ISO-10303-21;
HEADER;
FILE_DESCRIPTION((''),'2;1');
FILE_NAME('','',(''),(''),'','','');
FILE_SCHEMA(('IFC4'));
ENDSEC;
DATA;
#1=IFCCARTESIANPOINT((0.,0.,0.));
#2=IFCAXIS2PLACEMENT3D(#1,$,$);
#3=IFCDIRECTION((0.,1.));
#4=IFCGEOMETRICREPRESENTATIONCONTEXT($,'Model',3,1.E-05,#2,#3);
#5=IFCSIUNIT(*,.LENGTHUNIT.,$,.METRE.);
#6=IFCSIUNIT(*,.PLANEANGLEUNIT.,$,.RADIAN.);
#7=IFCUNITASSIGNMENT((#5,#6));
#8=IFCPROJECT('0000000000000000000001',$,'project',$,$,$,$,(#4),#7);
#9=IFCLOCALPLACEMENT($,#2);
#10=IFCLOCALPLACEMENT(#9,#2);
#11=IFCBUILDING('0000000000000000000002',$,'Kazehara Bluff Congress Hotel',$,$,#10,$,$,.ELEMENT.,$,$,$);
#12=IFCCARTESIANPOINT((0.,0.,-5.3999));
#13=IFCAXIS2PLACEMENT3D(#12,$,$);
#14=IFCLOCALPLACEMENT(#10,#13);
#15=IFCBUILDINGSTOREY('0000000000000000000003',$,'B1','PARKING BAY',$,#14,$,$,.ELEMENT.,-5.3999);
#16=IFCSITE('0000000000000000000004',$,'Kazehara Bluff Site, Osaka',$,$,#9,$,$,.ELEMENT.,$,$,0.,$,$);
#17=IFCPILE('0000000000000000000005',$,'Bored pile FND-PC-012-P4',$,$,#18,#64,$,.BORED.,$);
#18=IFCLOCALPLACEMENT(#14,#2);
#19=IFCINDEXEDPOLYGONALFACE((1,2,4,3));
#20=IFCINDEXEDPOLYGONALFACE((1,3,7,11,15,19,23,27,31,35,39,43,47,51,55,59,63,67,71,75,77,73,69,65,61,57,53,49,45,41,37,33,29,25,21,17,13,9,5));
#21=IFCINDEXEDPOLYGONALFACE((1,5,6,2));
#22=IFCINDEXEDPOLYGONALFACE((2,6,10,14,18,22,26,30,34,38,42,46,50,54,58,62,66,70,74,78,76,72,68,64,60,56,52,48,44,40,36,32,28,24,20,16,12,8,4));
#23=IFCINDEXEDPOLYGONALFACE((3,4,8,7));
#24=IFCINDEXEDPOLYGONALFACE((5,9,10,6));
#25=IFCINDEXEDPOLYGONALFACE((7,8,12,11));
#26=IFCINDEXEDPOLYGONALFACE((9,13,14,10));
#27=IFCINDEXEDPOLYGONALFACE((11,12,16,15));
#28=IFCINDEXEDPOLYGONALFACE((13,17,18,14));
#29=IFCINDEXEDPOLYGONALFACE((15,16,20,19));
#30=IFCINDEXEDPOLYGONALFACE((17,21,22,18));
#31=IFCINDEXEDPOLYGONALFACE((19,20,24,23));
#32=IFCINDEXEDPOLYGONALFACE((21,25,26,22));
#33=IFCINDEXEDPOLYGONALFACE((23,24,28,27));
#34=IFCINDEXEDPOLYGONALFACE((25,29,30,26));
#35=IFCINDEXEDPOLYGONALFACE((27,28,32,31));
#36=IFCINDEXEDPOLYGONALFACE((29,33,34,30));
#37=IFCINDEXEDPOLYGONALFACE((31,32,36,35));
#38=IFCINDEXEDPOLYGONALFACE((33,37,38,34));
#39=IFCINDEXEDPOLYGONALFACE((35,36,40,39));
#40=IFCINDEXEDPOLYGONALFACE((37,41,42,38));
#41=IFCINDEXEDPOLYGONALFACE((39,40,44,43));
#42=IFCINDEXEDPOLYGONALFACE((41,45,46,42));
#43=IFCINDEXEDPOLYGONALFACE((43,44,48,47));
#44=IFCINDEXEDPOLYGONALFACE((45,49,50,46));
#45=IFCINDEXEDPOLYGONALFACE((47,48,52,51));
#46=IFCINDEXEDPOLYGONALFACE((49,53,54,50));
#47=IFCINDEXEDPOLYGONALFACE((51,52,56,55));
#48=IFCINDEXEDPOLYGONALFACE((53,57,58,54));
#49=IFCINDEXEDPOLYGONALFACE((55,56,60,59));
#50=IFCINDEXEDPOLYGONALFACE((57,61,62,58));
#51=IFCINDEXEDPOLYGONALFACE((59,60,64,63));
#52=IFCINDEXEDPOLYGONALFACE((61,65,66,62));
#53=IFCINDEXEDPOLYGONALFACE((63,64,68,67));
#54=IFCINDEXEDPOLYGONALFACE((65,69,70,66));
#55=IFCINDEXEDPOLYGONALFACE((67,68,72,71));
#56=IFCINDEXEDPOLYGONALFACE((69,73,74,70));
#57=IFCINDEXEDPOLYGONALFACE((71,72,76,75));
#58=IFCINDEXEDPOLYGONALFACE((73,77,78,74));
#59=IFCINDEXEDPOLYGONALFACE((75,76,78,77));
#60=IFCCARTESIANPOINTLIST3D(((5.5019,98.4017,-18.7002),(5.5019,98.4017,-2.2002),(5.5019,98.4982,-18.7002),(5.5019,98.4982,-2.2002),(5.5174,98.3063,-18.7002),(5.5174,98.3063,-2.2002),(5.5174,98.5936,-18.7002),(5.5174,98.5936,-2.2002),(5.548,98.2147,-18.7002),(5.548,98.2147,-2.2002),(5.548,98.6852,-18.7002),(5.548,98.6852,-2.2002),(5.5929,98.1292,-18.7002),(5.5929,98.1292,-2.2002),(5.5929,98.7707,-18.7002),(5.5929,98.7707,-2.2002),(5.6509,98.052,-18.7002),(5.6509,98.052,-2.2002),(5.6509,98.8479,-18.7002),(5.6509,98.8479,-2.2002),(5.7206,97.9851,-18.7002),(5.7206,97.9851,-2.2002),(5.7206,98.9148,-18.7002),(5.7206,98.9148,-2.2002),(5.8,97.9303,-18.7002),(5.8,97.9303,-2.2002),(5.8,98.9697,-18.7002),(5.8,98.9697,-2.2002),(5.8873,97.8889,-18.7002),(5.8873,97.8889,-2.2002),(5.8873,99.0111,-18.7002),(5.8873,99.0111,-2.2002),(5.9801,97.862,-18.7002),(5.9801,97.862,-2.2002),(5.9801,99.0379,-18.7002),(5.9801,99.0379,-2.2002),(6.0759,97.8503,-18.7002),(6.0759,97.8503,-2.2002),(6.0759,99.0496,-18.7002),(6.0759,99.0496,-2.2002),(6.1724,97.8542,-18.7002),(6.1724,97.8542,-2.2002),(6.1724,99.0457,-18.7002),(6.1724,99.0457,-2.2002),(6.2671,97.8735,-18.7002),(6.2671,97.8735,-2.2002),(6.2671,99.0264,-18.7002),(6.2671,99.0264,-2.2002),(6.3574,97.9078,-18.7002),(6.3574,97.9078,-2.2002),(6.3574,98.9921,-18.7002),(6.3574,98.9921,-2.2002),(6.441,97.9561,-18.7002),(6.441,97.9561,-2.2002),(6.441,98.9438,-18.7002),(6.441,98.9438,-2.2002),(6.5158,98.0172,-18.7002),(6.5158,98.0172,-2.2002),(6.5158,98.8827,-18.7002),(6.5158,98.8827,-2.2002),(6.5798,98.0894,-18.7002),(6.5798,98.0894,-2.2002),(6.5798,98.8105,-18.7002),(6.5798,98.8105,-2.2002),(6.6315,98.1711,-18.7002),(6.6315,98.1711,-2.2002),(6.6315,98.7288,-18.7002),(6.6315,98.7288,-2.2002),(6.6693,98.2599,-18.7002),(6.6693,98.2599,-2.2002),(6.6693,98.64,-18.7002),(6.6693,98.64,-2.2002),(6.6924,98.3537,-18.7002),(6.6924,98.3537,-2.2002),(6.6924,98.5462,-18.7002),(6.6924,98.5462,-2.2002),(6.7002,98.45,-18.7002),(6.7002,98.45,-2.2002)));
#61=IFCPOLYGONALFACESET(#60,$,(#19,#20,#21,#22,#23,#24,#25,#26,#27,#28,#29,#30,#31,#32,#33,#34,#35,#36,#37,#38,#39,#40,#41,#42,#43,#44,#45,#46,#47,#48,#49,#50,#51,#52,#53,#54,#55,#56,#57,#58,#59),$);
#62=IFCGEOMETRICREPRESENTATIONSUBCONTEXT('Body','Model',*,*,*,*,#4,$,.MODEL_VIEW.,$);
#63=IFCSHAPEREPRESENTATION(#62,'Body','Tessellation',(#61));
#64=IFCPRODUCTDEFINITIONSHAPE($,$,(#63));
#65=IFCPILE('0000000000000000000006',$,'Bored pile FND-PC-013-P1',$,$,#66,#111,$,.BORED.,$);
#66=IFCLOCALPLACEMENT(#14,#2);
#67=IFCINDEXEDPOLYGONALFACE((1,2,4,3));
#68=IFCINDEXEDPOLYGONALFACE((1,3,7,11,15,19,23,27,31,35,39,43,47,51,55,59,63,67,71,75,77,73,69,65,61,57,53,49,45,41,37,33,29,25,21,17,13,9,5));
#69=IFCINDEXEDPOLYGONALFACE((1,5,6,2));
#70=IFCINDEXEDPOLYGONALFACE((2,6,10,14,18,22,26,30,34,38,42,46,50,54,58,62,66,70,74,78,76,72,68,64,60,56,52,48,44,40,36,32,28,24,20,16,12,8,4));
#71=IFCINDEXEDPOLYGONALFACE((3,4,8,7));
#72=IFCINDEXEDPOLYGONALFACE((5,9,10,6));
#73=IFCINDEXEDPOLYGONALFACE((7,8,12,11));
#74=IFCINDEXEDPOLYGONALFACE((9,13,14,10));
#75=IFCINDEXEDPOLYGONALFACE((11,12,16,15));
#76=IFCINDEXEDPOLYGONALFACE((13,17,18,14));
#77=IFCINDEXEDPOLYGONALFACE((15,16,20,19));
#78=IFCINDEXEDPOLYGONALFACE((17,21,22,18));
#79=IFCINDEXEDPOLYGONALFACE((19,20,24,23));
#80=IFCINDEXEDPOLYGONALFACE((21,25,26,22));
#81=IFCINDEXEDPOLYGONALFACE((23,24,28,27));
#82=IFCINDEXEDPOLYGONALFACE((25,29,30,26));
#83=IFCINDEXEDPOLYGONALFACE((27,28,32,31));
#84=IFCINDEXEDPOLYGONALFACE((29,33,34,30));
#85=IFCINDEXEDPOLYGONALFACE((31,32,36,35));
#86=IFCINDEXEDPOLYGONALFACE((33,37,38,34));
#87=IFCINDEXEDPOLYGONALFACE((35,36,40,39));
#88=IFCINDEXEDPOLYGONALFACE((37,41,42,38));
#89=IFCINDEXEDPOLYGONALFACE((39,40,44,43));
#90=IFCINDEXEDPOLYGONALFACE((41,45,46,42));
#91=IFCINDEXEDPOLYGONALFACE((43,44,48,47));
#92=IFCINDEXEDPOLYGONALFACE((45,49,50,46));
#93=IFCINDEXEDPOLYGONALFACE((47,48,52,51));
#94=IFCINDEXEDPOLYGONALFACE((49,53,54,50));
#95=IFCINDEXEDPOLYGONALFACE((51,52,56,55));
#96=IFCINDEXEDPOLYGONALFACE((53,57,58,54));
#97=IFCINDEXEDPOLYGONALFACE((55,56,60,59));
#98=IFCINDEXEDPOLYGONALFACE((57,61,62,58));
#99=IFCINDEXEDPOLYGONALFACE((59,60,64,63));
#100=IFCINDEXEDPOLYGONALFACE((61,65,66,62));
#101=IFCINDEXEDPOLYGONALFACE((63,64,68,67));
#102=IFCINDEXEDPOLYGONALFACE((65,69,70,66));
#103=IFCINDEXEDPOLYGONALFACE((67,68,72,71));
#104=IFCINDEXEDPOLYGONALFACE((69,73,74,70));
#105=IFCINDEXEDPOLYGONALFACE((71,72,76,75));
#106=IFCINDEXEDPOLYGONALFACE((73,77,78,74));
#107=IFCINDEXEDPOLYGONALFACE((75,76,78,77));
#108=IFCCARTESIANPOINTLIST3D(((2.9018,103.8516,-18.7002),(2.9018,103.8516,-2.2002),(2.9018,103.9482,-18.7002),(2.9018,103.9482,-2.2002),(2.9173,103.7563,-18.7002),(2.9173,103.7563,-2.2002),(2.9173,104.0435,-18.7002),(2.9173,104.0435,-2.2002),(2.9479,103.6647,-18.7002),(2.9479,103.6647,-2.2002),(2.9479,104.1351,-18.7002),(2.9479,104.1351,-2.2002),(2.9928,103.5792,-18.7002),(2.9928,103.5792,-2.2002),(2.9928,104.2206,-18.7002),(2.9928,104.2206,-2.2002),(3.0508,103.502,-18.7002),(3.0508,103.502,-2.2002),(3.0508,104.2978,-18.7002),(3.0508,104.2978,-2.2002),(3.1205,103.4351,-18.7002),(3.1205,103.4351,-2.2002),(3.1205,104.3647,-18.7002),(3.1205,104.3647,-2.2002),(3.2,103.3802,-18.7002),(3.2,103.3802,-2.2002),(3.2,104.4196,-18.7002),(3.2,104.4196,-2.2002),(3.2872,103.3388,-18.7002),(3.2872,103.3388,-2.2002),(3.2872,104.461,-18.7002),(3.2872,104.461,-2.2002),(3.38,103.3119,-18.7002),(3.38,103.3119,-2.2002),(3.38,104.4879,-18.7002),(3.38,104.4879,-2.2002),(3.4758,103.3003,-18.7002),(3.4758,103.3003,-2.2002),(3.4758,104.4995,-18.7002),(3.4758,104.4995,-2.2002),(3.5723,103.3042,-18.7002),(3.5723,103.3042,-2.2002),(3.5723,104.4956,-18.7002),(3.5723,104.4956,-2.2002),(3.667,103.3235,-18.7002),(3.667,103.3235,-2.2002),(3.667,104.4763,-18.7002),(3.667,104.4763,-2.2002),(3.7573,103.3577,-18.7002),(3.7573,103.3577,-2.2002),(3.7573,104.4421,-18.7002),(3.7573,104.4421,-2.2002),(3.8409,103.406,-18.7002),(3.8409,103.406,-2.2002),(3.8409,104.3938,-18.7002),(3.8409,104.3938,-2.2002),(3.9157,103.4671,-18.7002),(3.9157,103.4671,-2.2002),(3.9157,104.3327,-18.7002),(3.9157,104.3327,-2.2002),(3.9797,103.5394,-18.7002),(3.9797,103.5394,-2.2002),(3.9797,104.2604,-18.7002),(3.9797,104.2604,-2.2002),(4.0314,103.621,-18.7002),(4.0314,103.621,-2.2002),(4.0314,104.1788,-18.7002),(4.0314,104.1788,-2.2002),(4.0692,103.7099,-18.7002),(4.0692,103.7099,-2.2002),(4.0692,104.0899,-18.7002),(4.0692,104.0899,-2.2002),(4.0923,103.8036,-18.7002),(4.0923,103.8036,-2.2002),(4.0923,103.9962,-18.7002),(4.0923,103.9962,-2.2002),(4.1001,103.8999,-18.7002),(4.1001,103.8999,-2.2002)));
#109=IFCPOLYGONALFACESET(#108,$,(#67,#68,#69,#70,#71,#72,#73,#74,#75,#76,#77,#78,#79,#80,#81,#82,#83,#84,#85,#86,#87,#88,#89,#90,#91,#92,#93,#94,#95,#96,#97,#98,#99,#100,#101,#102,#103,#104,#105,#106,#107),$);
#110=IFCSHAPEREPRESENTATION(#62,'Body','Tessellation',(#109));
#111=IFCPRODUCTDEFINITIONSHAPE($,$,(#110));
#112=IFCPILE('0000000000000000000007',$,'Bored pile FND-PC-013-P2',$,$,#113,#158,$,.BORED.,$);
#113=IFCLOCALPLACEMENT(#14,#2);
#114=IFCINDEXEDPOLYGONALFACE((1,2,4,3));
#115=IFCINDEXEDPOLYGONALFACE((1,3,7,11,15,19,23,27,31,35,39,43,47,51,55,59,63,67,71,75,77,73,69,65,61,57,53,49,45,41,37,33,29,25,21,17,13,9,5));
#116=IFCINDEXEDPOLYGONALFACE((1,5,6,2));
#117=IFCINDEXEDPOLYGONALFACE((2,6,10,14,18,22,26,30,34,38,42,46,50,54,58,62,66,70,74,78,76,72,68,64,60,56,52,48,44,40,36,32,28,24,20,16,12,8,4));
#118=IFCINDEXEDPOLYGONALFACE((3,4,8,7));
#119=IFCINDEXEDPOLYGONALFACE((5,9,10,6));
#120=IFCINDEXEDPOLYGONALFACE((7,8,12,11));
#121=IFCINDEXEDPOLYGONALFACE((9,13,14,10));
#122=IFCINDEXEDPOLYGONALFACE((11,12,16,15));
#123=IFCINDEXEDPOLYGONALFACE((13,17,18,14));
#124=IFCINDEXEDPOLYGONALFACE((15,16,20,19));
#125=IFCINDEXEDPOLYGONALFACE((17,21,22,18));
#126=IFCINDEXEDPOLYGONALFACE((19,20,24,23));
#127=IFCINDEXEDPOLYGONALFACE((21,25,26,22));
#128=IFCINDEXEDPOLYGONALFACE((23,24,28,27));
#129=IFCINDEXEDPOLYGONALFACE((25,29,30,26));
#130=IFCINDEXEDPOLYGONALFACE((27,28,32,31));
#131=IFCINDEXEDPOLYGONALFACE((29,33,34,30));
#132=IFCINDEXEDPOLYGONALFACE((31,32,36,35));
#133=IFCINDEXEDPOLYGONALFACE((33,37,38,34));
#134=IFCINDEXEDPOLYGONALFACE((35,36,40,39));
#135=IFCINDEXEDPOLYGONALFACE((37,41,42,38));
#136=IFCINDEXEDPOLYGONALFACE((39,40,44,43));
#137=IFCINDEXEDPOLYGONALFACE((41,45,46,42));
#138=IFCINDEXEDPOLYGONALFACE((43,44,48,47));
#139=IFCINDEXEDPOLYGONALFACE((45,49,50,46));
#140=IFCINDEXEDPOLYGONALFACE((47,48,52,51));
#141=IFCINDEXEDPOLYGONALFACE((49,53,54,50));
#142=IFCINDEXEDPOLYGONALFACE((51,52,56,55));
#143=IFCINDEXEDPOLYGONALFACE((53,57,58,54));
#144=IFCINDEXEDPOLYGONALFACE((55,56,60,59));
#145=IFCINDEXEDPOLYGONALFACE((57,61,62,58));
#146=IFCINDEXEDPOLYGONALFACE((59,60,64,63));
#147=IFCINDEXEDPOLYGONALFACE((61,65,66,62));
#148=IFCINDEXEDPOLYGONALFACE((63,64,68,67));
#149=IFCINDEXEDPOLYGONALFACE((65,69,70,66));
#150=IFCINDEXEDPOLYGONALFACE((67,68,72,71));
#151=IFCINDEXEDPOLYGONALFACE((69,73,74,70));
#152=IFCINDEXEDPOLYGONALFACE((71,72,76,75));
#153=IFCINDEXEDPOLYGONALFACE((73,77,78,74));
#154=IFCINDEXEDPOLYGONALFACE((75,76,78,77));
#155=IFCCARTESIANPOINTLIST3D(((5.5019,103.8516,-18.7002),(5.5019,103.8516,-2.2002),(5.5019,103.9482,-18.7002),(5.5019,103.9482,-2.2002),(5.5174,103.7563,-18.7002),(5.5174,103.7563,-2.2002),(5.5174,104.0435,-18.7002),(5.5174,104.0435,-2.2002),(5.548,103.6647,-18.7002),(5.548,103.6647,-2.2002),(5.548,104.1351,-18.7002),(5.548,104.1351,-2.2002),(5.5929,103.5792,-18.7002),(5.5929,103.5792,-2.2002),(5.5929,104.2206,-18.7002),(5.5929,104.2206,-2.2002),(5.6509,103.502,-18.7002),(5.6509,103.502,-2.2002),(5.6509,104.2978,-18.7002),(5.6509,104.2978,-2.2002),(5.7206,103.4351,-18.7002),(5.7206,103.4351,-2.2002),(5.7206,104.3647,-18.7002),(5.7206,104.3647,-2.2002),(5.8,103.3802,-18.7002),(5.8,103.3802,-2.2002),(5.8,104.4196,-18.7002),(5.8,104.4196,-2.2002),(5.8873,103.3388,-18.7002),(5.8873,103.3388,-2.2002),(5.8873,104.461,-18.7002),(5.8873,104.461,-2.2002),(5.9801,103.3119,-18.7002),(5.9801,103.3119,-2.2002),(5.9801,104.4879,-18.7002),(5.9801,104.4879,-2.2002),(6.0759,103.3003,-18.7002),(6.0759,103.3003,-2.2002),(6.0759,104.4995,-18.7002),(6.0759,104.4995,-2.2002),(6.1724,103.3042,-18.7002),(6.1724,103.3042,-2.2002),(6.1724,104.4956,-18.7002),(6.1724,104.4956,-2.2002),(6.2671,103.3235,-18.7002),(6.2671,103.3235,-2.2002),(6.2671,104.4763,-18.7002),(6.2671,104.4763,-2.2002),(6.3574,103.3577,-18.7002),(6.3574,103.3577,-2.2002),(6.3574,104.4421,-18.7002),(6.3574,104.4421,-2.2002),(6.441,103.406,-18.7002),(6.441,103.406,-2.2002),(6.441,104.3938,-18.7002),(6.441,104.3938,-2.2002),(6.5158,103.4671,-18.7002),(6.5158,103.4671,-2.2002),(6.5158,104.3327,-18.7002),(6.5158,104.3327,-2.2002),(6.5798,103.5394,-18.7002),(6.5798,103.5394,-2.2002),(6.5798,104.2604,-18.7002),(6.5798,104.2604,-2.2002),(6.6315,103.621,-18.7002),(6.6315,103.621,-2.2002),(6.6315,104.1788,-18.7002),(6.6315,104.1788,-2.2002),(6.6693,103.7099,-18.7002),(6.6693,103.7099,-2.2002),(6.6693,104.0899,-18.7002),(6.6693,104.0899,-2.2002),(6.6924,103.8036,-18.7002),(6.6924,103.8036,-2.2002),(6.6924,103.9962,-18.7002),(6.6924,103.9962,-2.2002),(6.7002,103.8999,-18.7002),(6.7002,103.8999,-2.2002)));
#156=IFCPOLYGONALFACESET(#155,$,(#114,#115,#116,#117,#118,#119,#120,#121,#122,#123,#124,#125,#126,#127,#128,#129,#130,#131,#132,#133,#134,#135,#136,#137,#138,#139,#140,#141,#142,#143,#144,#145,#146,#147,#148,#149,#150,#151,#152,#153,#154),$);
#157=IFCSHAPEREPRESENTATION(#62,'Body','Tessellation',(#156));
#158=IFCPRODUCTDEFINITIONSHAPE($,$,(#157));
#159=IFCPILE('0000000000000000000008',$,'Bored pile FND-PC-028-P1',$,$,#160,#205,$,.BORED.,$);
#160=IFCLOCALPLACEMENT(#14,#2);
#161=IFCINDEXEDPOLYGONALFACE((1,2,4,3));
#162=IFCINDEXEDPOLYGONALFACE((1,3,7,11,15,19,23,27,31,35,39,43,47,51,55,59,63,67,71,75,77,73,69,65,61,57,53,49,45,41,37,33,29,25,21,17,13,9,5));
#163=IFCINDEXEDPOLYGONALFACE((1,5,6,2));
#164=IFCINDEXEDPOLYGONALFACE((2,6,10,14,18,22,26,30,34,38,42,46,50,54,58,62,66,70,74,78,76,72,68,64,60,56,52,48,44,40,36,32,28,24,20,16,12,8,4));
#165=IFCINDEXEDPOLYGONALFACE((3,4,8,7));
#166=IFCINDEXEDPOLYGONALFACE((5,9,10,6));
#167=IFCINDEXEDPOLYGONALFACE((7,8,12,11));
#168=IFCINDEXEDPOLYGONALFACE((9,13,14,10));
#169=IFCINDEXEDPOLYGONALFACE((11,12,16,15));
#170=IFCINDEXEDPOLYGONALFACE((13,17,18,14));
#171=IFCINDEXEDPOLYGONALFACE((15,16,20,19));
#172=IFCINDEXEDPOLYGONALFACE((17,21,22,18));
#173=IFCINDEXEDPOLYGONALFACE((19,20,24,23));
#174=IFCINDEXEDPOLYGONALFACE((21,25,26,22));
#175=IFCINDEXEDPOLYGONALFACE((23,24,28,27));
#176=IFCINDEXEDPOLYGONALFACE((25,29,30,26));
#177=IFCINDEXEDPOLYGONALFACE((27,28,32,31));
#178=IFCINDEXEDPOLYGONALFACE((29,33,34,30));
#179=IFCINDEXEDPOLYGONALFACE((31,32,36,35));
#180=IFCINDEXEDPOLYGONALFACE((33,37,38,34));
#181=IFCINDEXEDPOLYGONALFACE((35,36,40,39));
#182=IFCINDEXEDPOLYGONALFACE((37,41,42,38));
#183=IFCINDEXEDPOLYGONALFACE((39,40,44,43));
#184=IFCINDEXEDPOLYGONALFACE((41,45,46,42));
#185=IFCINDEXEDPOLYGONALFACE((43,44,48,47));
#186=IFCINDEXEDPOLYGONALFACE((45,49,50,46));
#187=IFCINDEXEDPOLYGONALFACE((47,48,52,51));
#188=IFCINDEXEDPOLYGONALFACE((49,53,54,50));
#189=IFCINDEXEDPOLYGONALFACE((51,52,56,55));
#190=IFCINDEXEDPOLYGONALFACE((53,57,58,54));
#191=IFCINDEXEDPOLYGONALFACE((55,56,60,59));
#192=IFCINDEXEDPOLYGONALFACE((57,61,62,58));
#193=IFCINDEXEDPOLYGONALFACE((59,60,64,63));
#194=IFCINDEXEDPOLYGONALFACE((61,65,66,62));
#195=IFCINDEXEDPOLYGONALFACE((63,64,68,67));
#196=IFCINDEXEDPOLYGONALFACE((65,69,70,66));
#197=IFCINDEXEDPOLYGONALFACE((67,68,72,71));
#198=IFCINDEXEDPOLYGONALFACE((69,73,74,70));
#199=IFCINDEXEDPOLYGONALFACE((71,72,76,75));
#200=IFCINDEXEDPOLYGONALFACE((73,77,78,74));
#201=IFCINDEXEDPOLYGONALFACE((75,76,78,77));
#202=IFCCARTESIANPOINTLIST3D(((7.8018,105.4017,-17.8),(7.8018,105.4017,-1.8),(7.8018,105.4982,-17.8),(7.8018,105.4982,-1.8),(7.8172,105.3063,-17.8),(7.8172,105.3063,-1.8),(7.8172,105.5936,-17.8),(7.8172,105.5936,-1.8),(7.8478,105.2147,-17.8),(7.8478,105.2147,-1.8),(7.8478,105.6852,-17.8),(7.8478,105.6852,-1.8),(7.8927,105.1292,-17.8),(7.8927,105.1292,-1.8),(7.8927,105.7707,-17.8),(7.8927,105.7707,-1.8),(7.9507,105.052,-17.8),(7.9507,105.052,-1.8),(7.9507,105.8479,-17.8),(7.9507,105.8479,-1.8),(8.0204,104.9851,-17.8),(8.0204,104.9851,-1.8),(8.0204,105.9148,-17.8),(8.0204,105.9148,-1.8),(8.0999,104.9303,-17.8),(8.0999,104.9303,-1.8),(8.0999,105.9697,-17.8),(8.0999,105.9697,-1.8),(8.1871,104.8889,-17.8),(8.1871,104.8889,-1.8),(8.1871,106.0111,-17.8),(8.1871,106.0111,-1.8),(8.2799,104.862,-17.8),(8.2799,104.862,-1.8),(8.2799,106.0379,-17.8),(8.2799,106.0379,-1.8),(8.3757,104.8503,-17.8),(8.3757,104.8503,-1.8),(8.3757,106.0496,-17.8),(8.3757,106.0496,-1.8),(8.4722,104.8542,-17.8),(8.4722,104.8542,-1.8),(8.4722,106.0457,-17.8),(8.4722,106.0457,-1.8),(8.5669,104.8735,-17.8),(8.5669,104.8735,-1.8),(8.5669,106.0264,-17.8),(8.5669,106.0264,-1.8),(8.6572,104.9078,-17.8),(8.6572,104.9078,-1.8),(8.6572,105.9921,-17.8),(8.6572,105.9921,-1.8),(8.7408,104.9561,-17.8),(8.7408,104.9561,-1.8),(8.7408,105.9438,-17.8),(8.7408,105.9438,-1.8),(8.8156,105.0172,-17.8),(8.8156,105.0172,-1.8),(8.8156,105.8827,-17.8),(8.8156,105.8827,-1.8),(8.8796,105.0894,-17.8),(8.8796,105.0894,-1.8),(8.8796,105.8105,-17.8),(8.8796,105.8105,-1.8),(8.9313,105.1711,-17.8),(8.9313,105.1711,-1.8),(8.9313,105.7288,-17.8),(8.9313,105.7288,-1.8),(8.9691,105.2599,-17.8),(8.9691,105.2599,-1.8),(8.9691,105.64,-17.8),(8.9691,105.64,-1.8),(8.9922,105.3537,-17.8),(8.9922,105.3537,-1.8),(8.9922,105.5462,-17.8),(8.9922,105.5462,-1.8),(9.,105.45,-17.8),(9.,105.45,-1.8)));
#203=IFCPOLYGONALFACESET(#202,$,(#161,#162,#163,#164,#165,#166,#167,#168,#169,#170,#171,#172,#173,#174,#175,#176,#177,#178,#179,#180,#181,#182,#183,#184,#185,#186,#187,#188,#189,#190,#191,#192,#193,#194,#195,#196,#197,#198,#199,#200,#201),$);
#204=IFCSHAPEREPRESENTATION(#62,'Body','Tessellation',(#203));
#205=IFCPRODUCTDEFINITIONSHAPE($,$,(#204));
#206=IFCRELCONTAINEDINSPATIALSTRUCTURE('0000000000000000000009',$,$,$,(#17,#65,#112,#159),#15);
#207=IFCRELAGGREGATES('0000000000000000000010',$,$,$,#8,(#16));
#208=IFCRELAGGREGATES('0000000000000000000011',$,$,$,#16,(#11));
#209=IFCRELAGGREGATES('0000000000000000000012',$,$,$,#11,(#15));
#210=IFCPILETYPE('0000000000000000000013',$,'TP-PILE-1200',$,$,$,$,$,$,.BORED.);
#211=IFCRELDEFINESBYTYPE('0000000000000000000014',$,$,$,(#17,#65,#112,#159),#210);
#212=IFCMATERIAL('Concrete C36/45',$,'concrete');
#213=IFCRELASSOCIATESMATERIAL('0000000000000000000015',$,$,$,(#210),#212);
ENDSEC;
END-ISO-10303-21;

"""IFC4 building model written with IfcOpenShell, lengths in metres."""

from ifc_helpers import new_model, si_unit, direction, frame, origin, origin_2d, place, context, subcontext, project, spatial, circle, extrude, material, material_profile, profile_set, type_object, element, save


model = new_model("IFC4")

# Units and contexts
model_context = context("Model", 3, precision=1e-05, world=origin(), true_north=direction((0.0, 1.0)))
body_context = subcontext(model_context, "Body", "Model", "MODEL_VIEW")
ifc_project = project(units=[si_unit("LENGTHUNIT", "METRE"), si_unit("PLANEANGLEUNIT", "RADIAN")], contexts=[model_context])

# Site, building, storey
site_placement = place(None, origin())
site = spatial("IfcSite", under=ifc_project, at=site_placement, Name="Kazehara Bluff Site, Osaka", CompositionType="ELEMENT", RefElevation=0.0)
building_placement = place(site_placement, origin())
building = spatial("IfcBuilding", under=site, at=building_placement, Name="Kazehara Bluff Congress Hotel", CompositionType="ELEMENT")
storey_placement = place(building_placement, frame((0.0, 0.0, -5.3999)))
storey = spatial("IfcBuildingStorey", under=building, at=storey_placement, Name="B1", Description="PARKING BAY", CompositionType="ELEMENT", Elevation=-5.3999)

# Piles
ifc_material_1 = material(Name="Concrete C36/45", Category="concrete")
ifc_material_profile_1 = material_profile(ifc_material_1, circle(Radius=0.6001, at=origin_2d()))
ifc_profile_set_1 = profile_set([ifc_material_profile_1], Name="Concrete C36/45")
pile_type = type_object("IfcPileType", Name="TP-PILE-1200", PredefinedType="BORED", material=ifc_profile_set_1)
for number, where, z_axis, x_axis, name in (
    (1, (6.1001, 98.45, -2.2002), (0.0, 0.0, -1.0), (1.0, 0.0, 0.0), "Bored pile FND-PC-012-P4"),
    (2, (3.5, 103.8999, -2.2002), (0.0, 0.0, -1.0), (1.0, 0.0, 0.0), "Bored pile FND-PC-013-P1"),
    (3, (6.1001, 103.8999, -2.2002), (0.0, 0.0, -1.0), (1.0, 0.0, 0.0), "Bored pile FND-PC-013-P2"),
):
    element("IfcPile", number, at=place(storey_placement, frame(where, z_axis=z_axis, x_axis=x_axis)), inside=storey, type_object=pile_type, Name=name, PredefinedType="BORED", context=body_context, shape_type="SweptSolid", body=[
        extrude(circle(Radius=0.6001, at=origin_2d()), origin(), (0.0, 0.0, 1.0), 16.5),
    ])
for number, where, z_axis, x_axis, name in (
    (4, (8.3999, 105.45, -1.8), (0.0, 0.0, -1.0), (1.0, 0.0, 0.0), "Bored pile FND-PC-028-P1"),
):
    element("IfcPile", number, at=place(storey_placement, frame(where, z_axis=z_axis, x_axis=x_axis)), inside=storey, type_object=pile_type, Name=name, PredefinedType="BORED", context=body_context, shape_type="SweptSolid", body=[
        extrude(circle(Radius=0.6001, at=origin_2d()), origin(), (0.0, 0.0, 1.0), 16.0),
    ])

save(model, "model.ifc")
